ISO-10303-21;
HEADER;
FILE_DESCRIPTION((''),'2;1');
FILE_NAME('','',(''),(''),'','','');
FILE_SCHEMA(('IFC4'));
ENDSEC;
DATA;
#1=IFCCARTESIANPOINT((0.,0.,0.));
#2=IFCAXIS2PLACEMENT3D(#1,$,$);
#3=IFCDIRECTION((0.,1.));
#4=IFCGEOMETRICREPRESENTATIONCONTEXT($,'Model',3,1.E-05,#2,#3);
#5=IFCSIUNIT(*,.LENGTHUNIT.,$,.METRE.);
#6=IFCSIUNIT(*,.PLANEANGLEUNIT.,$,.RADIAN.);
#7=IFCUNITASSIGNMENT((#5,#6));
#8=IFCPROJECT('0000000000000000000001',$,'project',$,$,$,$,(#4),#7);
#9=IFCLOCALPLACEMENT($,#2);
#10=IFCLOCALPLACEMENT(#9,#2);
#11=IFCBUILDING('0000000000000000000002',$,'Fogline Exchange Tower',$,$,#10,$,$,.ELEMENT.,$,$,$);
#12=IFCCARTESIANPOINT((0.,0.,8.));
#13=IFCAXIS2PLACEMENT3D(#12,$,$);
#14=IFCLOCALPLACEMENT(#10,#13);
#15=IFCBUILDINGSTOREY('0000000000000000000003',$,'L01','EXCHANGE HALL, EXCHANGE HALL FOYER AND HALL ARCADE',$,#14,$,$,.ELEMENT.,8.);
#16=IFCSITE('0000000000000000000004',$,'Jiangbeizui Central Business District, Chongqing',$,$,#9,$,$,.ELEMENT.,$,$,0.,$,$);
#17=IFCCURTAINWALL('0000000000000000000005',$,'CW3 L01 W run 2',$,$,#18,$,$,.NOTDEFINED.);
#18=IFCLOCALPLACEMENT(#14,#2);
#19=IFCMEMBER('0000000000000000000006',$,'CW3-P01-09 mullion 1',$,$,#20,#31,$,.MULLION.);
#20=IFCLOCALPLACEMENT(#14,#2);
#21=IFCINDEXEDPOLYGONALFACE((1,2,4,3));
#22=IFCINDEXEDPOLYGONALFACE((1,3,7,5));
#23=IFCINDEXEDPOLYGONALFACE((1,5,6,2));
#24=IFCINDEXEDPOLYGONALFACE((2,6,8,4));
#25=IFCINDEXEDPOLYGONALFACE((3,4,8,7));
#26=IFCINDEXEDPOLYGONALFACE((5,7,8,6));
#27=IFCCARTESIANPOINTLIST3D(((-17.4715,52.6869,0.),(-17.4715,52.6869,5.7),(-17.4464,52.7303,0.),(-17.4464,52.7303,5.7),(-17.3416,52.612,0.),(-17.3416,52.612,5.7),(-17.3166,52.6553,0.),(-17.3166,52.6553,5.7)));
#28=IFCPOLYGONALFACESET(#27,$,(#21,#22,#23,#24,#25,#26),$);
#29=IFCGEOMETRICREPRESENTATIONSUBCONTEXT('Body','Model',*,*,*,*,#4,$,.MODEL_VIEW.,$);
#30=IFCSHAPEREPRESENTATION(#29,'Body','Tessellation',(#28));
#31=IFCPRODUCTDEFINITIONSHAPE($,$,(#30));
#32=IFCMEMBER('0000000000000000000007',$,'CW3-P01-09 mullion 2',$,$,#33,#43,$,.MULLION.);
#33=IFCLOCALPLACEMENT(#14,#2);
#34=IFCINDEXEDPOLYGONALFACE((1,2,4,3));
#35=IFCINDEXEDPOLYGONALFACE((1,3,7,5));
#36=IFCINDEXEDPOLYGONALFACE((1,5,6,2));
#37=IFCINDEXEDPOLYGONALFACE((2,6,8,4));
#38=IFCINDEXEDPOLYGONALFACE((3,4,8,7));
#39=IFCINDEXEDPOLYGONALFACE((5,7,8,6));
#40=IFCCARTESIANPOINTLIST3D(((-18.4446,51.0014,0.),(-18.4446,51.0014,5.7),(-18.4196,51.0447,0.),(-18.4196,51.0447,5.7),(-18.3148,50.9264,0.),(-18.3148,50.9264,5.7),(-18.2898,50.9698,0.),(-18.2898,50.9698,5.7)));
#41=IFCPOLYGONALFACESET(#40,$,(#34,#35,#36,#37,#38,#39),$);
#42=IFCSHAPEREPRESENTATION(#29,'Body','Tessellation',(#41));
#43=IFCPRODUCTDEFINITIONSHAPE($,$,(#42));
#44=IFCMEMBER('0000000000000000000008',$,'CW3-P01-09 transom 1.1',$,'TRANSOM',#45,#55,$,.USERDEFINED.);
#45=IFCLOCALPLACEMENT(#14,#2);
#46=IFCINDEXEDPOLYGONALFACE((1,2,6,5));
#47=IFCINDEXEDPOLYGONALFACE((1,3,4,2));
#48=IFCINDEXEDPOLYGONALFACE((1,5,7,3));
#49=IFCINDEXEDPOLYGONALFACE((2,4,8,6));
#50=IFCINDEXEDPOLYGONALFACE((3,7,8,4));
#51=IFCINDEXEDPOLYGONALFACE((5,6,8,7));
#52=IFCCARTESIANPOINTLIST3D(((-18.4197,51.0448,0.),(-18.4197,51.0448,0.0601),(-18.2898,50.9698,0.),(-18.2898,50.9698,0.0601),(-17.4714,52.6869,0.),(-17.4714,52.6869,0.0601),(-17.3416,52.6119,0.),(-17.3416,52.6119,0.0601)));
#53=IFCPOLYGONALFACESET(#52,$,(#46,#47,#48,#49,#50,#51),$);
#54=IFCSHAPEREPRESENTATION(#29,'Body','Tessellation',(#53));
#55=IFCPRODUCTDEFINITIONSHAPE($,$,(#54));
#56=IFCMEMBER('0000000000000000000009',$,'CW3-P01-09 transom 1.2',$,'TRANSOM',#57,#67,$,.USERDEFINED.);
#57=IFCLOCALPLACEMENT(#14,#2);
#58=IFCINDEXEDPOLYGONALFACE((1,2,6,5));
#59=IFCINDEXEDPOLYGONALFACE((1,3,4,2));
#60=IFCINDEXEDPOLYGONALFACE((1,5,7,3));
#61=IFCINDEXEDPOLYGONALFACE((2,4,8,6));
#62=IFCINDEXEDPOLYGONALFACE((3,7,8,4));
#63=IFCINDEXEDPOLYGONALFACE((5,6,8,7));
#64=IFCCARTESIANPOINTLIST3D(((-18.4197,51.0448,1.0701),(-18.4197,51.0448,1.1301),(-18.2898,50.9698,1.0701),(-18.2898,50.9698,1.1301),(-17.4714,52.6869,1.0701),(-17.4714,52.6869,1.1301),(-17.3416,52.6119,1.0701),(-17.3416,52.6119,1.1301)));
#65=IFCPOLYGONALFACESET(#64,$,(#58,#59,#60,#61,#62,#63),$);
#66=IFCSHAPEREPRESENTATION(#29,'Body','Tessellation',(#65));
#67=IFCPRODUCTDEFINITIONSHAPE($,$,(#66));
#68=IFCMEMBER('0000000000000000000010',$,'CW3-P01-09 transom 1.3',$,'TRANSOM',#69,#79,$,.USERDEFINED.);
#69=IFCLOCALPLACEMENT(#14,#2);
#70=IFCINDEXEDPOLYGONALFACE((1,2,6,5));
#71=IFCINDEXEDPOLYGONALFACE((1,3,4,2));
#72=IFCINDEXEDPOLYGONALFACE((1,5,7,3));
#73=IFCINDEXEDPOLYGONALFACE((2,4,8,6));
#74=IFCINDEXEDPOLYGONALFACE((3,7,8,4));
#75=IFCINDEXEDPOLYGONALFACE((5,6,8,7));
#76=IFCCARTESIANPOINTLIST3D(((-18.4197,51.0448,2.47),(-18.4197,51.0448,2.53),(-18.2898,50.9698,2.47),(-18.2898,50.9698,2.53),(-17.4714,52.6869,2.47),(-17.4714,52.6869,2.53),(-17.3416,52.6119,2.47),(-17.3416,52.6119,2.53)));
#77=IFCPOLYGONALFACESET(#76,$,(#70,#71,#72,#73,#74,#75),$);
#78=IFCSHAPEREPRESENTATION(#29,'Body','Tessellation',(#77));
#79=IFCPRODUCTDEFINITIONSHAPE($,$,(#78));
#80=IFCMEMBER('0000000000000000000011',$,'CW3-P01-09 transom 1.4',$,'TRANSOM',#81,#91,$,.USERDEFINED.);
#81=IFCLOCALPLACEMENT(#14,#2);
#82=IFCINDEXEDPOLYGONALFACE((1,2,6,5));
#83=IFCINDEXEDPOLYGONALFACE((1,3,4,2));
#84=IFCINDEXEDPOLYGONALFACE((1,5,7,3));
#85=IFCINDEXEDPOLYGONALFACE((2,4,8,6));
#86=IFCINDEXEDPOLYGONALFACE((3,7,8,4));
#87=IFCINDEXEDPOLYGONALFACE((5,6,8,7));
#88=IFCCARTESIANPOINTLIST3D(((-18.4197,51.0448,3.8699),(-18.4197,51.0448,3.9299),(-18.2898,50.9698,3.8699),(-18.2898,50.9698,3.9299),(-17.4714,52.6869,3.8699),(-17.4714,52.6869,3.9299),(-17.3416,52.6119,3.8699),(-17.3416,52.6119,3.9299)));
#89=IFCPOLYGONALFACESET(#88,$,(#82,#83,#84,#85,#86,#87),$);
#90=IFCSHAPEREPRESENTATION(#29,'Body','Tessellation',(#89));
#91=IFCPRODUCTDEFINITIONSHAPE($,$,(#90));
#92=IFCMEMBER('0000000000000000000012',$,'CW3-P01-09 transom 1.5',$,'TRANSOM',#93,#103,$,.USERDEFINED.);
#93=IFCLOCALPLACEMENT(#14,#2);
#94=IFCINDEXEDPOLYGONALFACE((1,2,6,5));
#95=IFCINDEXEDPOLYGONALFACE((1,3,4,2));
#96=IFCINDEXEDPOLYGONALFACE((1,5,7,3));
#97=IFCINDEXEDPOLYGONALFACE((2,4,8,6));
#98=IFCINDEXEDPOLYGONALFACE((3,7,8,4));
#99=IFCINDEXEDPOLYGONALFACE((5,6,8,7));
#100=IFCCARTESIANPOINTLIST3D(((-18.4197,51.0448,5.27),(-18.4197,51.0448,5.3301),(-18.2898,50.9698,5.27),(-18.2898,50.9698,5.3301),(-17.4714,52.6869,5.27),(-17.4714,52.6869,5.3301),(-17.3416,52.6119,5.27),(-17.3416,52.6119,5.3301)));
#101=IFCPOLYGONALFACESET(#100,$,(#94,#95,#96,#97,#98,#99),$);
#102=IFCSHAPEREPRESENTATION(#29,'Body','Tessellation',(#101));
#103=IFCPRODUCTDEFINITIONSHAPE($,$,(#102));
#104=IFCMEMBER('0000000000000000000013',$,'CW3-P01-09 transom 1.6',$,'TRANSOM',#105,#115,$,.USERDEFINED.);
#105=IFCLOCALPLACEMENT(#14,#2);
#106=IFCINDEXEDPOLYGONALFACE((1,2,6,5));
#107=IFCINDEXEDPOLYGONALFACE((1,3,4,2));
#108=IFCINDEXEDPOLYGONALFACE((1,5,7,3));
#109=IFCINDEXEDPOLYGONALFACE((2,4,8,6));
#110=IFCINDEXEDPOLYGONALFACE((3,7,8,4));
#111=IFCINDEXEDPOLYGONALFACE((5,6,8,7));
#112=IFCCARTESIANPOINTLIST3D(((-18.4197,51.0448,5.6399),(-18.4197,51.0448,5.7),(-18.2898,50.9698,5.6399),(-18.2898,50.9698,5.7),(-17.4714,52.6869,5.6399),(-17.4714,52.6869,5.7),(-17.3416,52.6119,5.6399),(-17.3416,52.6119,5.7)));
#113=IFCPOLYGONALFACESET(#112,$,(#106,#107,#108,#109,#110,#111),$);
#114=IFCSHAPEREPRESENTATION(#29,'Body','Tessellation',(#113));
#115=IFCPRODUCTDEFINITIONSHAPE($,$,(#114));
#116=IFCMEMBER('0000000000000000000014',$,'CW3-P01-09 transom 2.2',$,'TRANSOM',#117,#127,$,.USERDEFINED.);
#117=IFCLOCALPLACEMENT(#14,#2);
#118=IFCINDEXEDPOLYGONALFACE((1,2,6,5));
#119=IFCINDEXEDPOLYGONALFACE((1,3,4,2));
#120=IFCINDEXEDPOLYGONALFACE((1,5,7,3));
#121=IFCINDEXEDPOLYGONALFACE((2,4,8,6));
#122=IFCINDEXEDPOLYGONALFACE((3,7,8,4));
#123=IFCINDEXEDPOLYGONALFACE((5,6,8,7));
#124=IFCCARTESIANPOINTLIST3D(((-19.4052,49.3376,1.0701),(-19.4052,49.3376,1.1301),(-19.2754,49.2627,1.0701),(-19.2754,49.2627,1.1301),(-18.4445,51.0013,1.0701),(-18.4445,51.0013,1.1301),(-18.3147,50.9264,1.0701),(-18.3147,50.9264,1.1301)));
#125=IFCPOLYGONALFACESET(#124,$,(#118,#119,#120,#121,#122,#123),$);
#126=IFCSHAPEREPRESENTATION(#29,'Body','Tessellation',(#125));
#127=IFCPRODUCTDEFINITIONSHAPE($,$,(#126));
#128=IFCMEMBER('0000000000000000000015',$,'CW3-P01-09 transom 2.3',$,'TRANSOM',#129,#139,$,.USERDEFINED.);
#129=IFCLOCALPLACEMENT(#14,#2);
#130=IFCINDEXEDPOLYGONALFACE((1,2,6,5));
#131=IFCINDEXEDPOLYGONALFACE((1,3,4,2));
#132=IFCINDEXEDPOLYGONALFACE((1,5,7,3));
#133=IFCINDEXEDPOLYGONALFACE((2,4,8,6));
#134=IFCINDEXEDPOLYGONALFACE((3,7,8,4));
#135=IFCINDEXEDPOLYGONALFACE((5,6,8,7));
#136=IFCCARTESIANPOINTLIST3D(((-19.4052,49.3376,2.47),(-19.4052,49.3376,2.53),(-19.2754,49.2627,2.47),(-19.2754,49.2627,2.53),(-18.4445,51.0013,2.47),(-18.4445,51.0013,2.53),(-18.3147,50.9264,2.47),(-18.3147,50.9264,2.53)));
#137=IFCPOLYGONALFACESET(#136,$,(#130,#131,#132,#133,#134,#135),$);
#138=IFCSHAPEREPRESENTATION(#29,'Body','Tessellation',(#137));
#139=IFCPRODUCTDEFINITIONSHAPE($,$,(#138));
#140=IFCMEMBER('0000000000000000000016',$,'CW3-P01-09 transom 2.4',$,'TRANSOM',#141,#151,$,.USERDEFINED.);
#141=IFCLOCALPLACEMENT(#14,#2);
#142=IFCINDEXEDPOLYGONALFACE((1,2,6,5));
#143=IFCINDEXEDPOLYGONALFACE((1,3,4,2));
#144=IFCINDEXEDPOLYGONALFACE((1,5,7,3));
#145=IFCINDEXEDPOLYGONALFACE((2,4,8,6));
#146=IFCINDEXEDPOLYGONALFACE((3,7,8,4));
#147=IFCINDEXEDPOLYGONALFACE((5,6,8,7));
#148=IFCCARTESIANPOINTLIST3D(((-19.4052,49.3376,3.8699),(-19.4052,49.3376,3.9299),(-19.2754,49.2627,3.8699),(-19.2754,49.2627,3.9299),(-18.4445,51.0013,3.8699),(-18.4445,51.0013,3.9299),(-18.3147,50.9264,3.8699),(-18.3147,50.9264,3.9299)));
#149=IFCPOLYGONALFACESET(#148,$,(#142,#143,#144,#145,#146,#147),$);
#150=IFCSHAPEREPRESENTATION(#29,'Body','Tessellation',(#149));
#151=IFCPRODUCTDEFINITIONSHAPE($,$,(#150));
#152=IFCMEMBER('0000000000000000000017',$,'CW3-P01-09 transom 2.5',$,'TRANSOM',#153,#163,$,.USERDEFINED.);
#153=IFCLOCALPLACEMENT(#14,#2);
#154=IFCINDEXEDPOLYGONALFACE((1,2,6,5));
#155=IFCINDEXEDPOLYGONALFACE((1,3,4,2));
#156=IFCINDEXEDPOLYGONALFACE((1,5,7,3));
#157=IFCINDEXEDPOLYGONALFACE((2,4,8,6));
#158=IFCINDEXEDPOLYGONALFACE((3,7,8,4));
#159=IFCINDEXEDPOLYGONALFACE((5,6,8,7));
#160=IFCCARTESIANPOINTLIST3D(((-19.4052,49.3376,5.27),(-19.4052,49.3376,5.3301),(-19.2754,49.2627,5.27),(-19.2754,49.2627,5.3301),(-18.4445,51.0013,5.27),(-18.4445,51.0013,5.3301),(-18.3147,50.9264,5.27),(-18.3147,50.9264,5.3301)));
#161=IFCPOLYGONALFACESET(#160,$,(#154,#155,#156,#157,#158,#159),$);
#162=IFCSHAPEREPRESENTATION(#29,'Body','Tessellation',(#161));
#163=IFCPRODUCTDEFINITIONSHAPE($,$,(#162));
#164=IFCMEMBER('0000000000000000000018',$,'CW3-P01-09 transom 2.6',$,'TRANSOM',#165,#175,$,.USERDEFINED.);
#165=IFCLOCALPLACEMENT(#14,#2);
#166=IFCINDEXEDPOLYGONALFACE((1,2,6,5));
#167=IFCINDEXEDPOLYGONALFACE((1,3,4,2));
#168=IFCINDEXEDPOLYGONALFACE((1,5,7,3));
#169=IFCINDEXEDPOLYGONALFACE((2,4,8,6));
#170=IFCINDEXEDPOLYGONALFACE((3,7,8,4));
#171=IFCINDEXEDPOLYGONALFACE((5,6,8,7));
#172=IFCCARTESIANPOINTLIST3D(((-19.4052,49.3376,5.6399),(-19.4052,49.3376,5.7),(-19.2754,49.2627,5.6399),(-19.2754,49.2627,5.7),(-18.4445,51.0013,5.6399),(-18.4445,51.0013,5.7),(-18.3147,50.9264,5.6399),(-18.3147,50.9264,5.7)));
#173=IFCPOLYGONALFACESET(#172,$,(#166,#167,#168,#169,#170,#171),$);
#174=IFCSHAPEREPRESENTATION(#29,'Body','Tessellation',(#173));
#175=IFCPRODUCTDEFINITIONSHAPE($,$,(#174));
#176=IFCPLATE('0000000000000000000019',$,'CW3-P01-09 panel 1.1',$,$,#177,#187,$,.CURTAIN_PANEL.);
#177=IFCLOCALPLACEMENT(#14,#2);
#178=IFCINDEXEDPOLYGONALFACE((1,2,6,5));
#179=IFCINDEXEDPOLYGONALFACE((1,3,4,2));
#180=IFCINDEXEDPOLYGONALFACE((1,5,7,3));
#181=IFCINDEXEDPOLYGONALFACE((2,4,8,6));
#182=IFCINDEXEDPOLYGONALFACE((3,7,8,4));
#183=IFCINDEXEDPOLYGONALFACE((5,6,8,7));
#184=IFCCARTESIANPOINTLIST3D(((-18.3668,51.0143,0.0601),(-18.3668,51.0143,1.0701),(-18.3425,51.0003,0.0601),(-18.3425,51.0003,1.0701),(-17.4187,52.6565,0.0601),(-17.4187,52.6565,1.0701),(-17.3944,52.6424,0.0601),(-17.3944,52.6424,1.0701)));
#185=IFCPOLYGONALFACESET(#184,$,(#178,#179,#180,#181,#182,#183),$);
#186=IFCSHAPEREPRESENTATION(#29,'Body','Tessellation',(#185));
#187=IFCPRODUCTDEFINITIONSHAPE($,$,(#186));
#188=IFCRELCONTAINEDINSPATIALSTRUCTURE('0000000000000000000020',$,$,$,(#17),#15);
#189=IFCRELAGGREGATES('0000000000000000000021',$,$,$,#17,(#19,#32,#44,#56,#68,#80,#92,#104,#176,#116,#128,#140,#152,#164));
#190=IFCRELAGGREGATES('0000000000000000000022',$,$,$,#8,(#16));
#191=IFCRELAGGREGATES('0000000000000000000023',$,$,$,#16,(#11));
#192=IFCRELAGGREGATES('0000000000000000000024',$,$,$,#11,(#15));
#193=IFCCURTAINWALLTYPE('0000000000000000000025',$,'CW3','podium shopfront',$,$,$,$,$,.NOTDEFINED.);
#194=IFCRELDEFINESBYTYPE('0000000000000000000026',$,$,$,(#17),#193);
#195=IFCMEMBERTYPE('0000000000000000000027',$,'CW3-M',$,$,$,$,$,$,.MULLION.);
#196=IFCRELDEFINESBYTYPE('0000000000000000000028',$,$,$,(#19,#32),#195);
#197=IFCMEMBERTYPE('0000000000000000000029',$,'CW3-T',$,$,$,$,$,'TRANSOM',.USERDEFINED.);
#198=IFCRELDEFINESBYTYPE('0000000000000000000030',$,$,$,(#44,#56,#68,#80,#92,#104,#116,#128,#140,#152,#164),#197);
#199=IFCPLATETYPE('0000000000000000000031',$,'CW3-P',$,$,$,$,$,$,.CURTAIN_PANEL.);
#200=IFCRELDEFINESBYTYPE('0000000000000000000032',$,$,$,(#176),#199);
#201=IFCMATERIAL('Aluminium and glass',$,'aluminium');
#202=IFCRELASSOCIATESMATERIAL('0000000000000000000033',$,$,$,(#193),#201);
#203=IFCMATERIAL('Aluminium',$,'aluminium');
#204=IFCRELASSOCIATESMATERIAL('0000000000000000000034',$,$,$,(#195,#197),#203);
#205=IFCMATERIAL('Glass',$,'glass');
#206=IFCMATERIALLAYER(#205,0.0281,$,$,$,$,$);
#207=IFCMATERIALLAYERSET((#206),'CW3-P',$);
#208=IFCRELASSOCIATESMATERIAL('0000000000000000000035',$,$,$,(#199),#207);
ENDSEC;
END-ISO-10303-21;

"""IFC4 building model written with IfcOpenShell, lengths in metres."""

from ifc_helpers import new_model, si_unit, direction, frame, origin, origin_2d, place, context, subcontext, project, spatial, rectangle, extrude, material, layer, layer_set, material_profile, profile_set, type_object, element, aggregate, save


model = new_model("IFC4")

# Units and contexts
model_context = context("Model", 3, precision=1e-05, world=origin(), true_north=direction((0.0, 1.0)))
body_context = subcontext(model_context, "Body", "Model", "MODEL_VIEW")
ifc_project = project(units=[si_unit("LENGTHUNIT", "METRE"), si_unit("PLANEANGLEUNIT", "RADIAN")], contexts=[model_context])

# Site, building, storey
site_placement = place(None, origin())
site = spatial("IfcSite", under=ifc_project, at=site_placement, Name="Jiangbeizui Central Business District, Chongqing", CompositionType="ELEMENT", RefElevation=0.0)
building_placement = place(site_placement, origin())
building = spatial("IfcBuilding", under=site, at=building_placement, Name="Fogline Exchange Tower", CompositionType="ELEMENT")
storey_placement = place(building_placement, frame((0.0, 0.0, 8.0)))
storey = spatial("IfcBuildingStorey", under=building, at=storey_placement, Name="L01", Description="EXCHANGE HALL, EXCHANGE HALL FOYER AND HALL ARCADE", CompositionType="ELEMENT", Elevation=8.0)

# Curtain wall, members, plate
ifc_material_1 = material(Name="Aluminium and glass", Category="aluminium")
curtain_wall_type = type_object("IfcCurtainWallType", Name="CW3", Description="podium shopfront", PredefinedType="NOTDEFINED", material=ifc_material_1)
curtain_wall_placement = place(storey_placement, origin())
curtain_wall = element("IfcCurtainWall", 1, at=curtain_wall_placement, inside=storey, type_object=curtain_wall_type, Name="CW3 L01 W run 2", PredefinedType="NOTDEFINED")
ifc_material_2 = material(Name="Aluminium", Category="aluminium")
ifc_material_profile_1 = material_profile(ifc_material_2, rectangle(XDim=0.1499, YDim=0.05, at=origin_2d()), Name="Mullion 50x150")
ifc_profile_set_1 = profile_set([ifc_material_profile_1], Name="Aluminium")
member_type_1 = type_object("IfcMemberType", Name="CW3-M", PredefinedType="MULLION", material=ifc_profile_set_1)
member_1_placement = place(storey_placement, frame((-17.394, 52.6711, 0.0), z_axis=(0.0, 0.0, 1.0), x_axis=(0.866025, -0.5, 0.0)))
member_1 = element("IfcMember", 2, at=member_1_placement, type_object=member_type_1, Name="CW3-P01-09 mullion 1", PredefinedType="MULLION", context=body_context, shape_type="SweptSolid", body=[
    extrude(rectangle(XDim=0.1499, YDim=0.05, at=origin_2d()), origin(), (0.0, 0.0, 1.0), 5.7),
])
member_2_placement = place(storey_placement, frame((-18.3672, 50.9856, 0.0), z_axis=(0.0, 0.0, 1.0), x_axis=(0.866025, -0.5, 0.0)))
member_2 = element("IfcMember", 3, at=member_2_placement, type_object=member_type_1, Name="CW3-P01-09 mullion 2", PredefinedType="MULLION", context=body_context, shape_type="SweptSolid", body=[
    extrude(rectangle(XDim=0.1499, YDim=0.05, at=origin_2d()), origin(), (0.0, 0.0, 1.0), 5.7),
])
ifc_material_profile_2 = material_profile(ifc_material_2, rectangle(XDim=0.1499, YDim=0.0601, at=origin_2d()), Name="Transom 60x150")
ifc_profile_set_2 = profile_set([ifc_material_profile_2], Name="Aluminium")
member_type_2 = type_object("IfcMemberType", Name="CW3-T", ElementType="TRANSOM", PredefinedType="USERDEFINED", material=ifc_profile_set_2)
member_3_placement = place(storey_placement, frame((-17.4065, 52.6494, 0.03), z_axis=(-0.500072, -0.865984, 0.0), x_axis=(0.865984, -0.500072, 0.0)))
member_3 = element("IfcMember", 4, at=member_3_placement, type_object=member_type_2, Name="CW3-P01-09 transom 1.1", ObjectType="TRANSOM", PredefinedType="USERDEFINED", context=body_context, shape_type="SweptSolid", body=[
    extrude(rectangle(XDim=0.1499, YDim=0.0601, at=origin_2d()), origin(), (0.0, 0.0, 1.0), 1.8962),
])
member_4_placement = place(storey_placement, frame((-17.4065, 52.6494, 1.1001), z_axis=(-0.500072, -0.865984, 0.0), x_axis=(0.865984, -0.500072, 0.0)))
member_4 = element("IfcMember", 5, at=member_4_placement, type_object=member_type_2, Name="CW3-P01-09 transom 1.2", ObjectType="TRANSOM", PredefinedType="USERDEFINED", context=body_context, shape_type="SweptSolid", body=[
    extrude(rectangle(XDim=0.1499, YDim=0.0601, at=origin_2d()), origin(), (0.0, 0.0, 1.0), 1.8962),
])
member_5_placement = place(storey_placement, frame((-17.4065, 52.6494, 2.5), z_axis=(-0.500072, -0.865984, 0.0), x_axis=(0.865984, -0.500072, 0.0)))
member_5 = element("IfcMember", 6, at=member_5_placement, type_object=member_type_2, Name="CW3-P01-09 transom 1.3", ObjectType="TRANSOM", PredefinedType="USERDEFINED", context=body_context, shape_type="SweptSolid", body=[
    extrude(rectangle(XDim=0.1499, YDim=0.0601, at=origin_2d()), origin(), (0.0, 0.0, 1.0), 1.8962),
])
member_6_placement = place(storey_placement, frame((-17.4065, 52.6494, 3.8999), z_axis=(-0.500072, -0.865984, 0.0), x_axis=(0.865984, -0.500072, 0.0)))
member_6 = element("IfcMember", 7, at=member_6_placement, type_object=member_type_2, Name="CW3-P01-09 transom 1.4", ObjectType="TRANSOM", PredefinedType="USERDEFINED", context=body_context, shape_type="SweptSolid", body=[
    extrude(rectangle(XDim=0.1499, YDim=0.0601, at=origin_2d()), origin(), (0.0, 0.0, 1.0), 1.8962),
])
member_7_placement = place(storey_placement, frame((-17.4065, 52.6494, 5.3), z_axis=(-0.500072, -0.865984, 0.0), x_axis=(0.865984, -0.500072, 0.0)))
member_7 = element("IfcMember", 8, at=member_7_placement, type_object=member_type_2, Name="CW3-P01-09 transom 1.5", ObjectType="TRANSOM", PredefinedType="USERDEFINED", context=body_context, shape_type="SweptSolid", body=[
    extrude(rectangle(XDim=0.1499, YDim=0.0601, at=origin_2d()), origin(), (0.0, 0.0, 1.0), 1.8962),
])
member_8_placement = place(storey_placement, frame((-17.4065, 52.6494, 5.6699), z_axis=(-0.500072, -0.865984, 0.0), x_axis=(0.865984, -0.500072, 0.0)))
member_8 = element("IfcMember", 9, at=member_8_placement, type_object=member_type_2, Name="CW3-P01-09 transom 1.6", ObjectType="TRANSOM", PredefinedType="USERDEFINED", context=body_context, shape_type="SweptSolid", body=[
    extrude(rectangle(XDim=0.1499, YDim=0.0601, at=origin_2d()), origin(), (0.0, 0.0, 1.0), 1.8962),
])
member_9_placement = place(storey_placement, frame((-18.3796, 50.9639, 1.1001), z_axis=(-0.500034, -0.866006, 0.0), x_axis=(0.866006, -0.500034, 0.0)))
member_9 = element("IfcMember", 10, at=member_9_placement, type_object=member_type_2, Name="CW3-P01-09 transom 2.2", ObjectType="TRANSOM", PredefinedType="USERDEFINED", context=body_context, shape_type="SweptSolid", body=[
    extrude(rectangle(XDim=0.1499, YDim=0.0601, at=origin_2d()), origin(), (0.0, 0.0, 1.0), 1.9211),
])
member_10_placement = place(storey_placement, frame((-18.3796, 50.9639, 2.5), z_axis=(-0.500034, -0.866006, 0.0), x_axis=(0.866006, -0.500034, 0.0)))
member_10 = element("IfcMember", 11, at=member_10_placement, type_object=member_type_2, Name="CW3-P01-09 transom 2.3", ObjectType="TRANSOM", PredefinedType="USERDEFINED", context=body_context, shape_type="SweptSolid", body=[
    extrude(rectangle(XDim=0.1499, YDim=0.0601, at=origin_2d()), origin(), (0.0, 0.0, 1.0), 1.9211),
])
member_11_placement = place(storey_placement, frame((-18.3796, 50.9639, 3.8999), z_axis=(-0.500034, -0.866006, 0.0), x_axis=(0.866006, -0.500034, 0.0)))
member_11 = element("IfcMember", 12, at=member_11_placement, type_object=member_type_2, Name="CW3-P01-09 transom 2.4", ObjectType="TRANSOM", PredefinedType="USERDEFINED", context=body_context, shape_type="SweptSolid", body=[
    extrude(rectangle(XDim=0.1499, YDim=0.0601, at=origin_2d()), origin(), (0.0, 0.0, 1.0), 1.9211),
])
member_12_placement = place(storey_placement, frame((-18.3796, 50.9639, 5.3), z_axis=(-0.500034, -0.866006, 0.0), x_axis=(0.866006, -0.500034, 0.0)))
member_12 = element("IfcMember", 13, at=member_12_placement, type_object=member_type_2, Name="CW3-P01-09 transom 2.5", ObjectType="TRANSOM", PredefinedType="USERDEFINED", context=body_context, shape_type="SweptSolid", body=[
    extrude(rectangle(XDim=0.1499, YDim=0.0601, at=origin_2d()), origin(), (0.0, 0.0, 1.0), 1.9211),
])
member_13_placement = place(storey_placement, frame((-18.3796, 50.9639, 5.6699), z_axis=(-0.500034, -0.866006, 0.0), x_axis=(0.866006, -0.500034, 0.0)))
member_13 = element("IfcMember", 14, at=member_13_placement, type_object=member_type_2, Name="CW3-P01-09 transom 2.6", ObjectType="TRANSOM", PredefinedType="USERDEFINED", context=body_context, shape_type="SweptSolid", body=[
    extrude(rectangle(XDim=0.1499, YDim=0.0601, at=origin_2d()), origin(), (0.0, 0.0, 1.0), 1.9211),
])
ifc_material_3 = material(Name="Glass", Category="glass")
ifc_layer_1 = layer(ifc_material_3, 0.0281)
ifc_layer_set_1 = layer_set([ifc_layer_1], Name="CW3-P")
plate_type = type_object("IfcPlateType", Name="CW3-P", PredefinedType="CURTAIN_PANEL", material=ifc_layer_set_1)
plate_1_placement = place(storey_placement, frame((-17.8806, 51.8284, 0.0601), z_axis=(0.0, 0.0, 1.0), x_axis=(-0.5, -0.866025, 0.0)))
plate_1 = element("IfcPlate", 15, at=plate_1_placement, type_object=plate_type, Name="CW3-P01-09 panel 1.1", PredefinedType="CURTAIN_PANEL", context=body_context, shape_type="SweptSolid", body=[
    extrude(rectangle(XDim=1.8962, YDim=0.0281, at=origin_2d()), origin(), (0.0, 0.0, 1.0), 1.01),
])
aggregate(curtain_wall, [member_1, member_2, member_3, member_4, member_5, member_6, member_7, member_8, plate_1, member_9, member_10, member_11, member_12, member_13])

save(model, "model.ifc")
